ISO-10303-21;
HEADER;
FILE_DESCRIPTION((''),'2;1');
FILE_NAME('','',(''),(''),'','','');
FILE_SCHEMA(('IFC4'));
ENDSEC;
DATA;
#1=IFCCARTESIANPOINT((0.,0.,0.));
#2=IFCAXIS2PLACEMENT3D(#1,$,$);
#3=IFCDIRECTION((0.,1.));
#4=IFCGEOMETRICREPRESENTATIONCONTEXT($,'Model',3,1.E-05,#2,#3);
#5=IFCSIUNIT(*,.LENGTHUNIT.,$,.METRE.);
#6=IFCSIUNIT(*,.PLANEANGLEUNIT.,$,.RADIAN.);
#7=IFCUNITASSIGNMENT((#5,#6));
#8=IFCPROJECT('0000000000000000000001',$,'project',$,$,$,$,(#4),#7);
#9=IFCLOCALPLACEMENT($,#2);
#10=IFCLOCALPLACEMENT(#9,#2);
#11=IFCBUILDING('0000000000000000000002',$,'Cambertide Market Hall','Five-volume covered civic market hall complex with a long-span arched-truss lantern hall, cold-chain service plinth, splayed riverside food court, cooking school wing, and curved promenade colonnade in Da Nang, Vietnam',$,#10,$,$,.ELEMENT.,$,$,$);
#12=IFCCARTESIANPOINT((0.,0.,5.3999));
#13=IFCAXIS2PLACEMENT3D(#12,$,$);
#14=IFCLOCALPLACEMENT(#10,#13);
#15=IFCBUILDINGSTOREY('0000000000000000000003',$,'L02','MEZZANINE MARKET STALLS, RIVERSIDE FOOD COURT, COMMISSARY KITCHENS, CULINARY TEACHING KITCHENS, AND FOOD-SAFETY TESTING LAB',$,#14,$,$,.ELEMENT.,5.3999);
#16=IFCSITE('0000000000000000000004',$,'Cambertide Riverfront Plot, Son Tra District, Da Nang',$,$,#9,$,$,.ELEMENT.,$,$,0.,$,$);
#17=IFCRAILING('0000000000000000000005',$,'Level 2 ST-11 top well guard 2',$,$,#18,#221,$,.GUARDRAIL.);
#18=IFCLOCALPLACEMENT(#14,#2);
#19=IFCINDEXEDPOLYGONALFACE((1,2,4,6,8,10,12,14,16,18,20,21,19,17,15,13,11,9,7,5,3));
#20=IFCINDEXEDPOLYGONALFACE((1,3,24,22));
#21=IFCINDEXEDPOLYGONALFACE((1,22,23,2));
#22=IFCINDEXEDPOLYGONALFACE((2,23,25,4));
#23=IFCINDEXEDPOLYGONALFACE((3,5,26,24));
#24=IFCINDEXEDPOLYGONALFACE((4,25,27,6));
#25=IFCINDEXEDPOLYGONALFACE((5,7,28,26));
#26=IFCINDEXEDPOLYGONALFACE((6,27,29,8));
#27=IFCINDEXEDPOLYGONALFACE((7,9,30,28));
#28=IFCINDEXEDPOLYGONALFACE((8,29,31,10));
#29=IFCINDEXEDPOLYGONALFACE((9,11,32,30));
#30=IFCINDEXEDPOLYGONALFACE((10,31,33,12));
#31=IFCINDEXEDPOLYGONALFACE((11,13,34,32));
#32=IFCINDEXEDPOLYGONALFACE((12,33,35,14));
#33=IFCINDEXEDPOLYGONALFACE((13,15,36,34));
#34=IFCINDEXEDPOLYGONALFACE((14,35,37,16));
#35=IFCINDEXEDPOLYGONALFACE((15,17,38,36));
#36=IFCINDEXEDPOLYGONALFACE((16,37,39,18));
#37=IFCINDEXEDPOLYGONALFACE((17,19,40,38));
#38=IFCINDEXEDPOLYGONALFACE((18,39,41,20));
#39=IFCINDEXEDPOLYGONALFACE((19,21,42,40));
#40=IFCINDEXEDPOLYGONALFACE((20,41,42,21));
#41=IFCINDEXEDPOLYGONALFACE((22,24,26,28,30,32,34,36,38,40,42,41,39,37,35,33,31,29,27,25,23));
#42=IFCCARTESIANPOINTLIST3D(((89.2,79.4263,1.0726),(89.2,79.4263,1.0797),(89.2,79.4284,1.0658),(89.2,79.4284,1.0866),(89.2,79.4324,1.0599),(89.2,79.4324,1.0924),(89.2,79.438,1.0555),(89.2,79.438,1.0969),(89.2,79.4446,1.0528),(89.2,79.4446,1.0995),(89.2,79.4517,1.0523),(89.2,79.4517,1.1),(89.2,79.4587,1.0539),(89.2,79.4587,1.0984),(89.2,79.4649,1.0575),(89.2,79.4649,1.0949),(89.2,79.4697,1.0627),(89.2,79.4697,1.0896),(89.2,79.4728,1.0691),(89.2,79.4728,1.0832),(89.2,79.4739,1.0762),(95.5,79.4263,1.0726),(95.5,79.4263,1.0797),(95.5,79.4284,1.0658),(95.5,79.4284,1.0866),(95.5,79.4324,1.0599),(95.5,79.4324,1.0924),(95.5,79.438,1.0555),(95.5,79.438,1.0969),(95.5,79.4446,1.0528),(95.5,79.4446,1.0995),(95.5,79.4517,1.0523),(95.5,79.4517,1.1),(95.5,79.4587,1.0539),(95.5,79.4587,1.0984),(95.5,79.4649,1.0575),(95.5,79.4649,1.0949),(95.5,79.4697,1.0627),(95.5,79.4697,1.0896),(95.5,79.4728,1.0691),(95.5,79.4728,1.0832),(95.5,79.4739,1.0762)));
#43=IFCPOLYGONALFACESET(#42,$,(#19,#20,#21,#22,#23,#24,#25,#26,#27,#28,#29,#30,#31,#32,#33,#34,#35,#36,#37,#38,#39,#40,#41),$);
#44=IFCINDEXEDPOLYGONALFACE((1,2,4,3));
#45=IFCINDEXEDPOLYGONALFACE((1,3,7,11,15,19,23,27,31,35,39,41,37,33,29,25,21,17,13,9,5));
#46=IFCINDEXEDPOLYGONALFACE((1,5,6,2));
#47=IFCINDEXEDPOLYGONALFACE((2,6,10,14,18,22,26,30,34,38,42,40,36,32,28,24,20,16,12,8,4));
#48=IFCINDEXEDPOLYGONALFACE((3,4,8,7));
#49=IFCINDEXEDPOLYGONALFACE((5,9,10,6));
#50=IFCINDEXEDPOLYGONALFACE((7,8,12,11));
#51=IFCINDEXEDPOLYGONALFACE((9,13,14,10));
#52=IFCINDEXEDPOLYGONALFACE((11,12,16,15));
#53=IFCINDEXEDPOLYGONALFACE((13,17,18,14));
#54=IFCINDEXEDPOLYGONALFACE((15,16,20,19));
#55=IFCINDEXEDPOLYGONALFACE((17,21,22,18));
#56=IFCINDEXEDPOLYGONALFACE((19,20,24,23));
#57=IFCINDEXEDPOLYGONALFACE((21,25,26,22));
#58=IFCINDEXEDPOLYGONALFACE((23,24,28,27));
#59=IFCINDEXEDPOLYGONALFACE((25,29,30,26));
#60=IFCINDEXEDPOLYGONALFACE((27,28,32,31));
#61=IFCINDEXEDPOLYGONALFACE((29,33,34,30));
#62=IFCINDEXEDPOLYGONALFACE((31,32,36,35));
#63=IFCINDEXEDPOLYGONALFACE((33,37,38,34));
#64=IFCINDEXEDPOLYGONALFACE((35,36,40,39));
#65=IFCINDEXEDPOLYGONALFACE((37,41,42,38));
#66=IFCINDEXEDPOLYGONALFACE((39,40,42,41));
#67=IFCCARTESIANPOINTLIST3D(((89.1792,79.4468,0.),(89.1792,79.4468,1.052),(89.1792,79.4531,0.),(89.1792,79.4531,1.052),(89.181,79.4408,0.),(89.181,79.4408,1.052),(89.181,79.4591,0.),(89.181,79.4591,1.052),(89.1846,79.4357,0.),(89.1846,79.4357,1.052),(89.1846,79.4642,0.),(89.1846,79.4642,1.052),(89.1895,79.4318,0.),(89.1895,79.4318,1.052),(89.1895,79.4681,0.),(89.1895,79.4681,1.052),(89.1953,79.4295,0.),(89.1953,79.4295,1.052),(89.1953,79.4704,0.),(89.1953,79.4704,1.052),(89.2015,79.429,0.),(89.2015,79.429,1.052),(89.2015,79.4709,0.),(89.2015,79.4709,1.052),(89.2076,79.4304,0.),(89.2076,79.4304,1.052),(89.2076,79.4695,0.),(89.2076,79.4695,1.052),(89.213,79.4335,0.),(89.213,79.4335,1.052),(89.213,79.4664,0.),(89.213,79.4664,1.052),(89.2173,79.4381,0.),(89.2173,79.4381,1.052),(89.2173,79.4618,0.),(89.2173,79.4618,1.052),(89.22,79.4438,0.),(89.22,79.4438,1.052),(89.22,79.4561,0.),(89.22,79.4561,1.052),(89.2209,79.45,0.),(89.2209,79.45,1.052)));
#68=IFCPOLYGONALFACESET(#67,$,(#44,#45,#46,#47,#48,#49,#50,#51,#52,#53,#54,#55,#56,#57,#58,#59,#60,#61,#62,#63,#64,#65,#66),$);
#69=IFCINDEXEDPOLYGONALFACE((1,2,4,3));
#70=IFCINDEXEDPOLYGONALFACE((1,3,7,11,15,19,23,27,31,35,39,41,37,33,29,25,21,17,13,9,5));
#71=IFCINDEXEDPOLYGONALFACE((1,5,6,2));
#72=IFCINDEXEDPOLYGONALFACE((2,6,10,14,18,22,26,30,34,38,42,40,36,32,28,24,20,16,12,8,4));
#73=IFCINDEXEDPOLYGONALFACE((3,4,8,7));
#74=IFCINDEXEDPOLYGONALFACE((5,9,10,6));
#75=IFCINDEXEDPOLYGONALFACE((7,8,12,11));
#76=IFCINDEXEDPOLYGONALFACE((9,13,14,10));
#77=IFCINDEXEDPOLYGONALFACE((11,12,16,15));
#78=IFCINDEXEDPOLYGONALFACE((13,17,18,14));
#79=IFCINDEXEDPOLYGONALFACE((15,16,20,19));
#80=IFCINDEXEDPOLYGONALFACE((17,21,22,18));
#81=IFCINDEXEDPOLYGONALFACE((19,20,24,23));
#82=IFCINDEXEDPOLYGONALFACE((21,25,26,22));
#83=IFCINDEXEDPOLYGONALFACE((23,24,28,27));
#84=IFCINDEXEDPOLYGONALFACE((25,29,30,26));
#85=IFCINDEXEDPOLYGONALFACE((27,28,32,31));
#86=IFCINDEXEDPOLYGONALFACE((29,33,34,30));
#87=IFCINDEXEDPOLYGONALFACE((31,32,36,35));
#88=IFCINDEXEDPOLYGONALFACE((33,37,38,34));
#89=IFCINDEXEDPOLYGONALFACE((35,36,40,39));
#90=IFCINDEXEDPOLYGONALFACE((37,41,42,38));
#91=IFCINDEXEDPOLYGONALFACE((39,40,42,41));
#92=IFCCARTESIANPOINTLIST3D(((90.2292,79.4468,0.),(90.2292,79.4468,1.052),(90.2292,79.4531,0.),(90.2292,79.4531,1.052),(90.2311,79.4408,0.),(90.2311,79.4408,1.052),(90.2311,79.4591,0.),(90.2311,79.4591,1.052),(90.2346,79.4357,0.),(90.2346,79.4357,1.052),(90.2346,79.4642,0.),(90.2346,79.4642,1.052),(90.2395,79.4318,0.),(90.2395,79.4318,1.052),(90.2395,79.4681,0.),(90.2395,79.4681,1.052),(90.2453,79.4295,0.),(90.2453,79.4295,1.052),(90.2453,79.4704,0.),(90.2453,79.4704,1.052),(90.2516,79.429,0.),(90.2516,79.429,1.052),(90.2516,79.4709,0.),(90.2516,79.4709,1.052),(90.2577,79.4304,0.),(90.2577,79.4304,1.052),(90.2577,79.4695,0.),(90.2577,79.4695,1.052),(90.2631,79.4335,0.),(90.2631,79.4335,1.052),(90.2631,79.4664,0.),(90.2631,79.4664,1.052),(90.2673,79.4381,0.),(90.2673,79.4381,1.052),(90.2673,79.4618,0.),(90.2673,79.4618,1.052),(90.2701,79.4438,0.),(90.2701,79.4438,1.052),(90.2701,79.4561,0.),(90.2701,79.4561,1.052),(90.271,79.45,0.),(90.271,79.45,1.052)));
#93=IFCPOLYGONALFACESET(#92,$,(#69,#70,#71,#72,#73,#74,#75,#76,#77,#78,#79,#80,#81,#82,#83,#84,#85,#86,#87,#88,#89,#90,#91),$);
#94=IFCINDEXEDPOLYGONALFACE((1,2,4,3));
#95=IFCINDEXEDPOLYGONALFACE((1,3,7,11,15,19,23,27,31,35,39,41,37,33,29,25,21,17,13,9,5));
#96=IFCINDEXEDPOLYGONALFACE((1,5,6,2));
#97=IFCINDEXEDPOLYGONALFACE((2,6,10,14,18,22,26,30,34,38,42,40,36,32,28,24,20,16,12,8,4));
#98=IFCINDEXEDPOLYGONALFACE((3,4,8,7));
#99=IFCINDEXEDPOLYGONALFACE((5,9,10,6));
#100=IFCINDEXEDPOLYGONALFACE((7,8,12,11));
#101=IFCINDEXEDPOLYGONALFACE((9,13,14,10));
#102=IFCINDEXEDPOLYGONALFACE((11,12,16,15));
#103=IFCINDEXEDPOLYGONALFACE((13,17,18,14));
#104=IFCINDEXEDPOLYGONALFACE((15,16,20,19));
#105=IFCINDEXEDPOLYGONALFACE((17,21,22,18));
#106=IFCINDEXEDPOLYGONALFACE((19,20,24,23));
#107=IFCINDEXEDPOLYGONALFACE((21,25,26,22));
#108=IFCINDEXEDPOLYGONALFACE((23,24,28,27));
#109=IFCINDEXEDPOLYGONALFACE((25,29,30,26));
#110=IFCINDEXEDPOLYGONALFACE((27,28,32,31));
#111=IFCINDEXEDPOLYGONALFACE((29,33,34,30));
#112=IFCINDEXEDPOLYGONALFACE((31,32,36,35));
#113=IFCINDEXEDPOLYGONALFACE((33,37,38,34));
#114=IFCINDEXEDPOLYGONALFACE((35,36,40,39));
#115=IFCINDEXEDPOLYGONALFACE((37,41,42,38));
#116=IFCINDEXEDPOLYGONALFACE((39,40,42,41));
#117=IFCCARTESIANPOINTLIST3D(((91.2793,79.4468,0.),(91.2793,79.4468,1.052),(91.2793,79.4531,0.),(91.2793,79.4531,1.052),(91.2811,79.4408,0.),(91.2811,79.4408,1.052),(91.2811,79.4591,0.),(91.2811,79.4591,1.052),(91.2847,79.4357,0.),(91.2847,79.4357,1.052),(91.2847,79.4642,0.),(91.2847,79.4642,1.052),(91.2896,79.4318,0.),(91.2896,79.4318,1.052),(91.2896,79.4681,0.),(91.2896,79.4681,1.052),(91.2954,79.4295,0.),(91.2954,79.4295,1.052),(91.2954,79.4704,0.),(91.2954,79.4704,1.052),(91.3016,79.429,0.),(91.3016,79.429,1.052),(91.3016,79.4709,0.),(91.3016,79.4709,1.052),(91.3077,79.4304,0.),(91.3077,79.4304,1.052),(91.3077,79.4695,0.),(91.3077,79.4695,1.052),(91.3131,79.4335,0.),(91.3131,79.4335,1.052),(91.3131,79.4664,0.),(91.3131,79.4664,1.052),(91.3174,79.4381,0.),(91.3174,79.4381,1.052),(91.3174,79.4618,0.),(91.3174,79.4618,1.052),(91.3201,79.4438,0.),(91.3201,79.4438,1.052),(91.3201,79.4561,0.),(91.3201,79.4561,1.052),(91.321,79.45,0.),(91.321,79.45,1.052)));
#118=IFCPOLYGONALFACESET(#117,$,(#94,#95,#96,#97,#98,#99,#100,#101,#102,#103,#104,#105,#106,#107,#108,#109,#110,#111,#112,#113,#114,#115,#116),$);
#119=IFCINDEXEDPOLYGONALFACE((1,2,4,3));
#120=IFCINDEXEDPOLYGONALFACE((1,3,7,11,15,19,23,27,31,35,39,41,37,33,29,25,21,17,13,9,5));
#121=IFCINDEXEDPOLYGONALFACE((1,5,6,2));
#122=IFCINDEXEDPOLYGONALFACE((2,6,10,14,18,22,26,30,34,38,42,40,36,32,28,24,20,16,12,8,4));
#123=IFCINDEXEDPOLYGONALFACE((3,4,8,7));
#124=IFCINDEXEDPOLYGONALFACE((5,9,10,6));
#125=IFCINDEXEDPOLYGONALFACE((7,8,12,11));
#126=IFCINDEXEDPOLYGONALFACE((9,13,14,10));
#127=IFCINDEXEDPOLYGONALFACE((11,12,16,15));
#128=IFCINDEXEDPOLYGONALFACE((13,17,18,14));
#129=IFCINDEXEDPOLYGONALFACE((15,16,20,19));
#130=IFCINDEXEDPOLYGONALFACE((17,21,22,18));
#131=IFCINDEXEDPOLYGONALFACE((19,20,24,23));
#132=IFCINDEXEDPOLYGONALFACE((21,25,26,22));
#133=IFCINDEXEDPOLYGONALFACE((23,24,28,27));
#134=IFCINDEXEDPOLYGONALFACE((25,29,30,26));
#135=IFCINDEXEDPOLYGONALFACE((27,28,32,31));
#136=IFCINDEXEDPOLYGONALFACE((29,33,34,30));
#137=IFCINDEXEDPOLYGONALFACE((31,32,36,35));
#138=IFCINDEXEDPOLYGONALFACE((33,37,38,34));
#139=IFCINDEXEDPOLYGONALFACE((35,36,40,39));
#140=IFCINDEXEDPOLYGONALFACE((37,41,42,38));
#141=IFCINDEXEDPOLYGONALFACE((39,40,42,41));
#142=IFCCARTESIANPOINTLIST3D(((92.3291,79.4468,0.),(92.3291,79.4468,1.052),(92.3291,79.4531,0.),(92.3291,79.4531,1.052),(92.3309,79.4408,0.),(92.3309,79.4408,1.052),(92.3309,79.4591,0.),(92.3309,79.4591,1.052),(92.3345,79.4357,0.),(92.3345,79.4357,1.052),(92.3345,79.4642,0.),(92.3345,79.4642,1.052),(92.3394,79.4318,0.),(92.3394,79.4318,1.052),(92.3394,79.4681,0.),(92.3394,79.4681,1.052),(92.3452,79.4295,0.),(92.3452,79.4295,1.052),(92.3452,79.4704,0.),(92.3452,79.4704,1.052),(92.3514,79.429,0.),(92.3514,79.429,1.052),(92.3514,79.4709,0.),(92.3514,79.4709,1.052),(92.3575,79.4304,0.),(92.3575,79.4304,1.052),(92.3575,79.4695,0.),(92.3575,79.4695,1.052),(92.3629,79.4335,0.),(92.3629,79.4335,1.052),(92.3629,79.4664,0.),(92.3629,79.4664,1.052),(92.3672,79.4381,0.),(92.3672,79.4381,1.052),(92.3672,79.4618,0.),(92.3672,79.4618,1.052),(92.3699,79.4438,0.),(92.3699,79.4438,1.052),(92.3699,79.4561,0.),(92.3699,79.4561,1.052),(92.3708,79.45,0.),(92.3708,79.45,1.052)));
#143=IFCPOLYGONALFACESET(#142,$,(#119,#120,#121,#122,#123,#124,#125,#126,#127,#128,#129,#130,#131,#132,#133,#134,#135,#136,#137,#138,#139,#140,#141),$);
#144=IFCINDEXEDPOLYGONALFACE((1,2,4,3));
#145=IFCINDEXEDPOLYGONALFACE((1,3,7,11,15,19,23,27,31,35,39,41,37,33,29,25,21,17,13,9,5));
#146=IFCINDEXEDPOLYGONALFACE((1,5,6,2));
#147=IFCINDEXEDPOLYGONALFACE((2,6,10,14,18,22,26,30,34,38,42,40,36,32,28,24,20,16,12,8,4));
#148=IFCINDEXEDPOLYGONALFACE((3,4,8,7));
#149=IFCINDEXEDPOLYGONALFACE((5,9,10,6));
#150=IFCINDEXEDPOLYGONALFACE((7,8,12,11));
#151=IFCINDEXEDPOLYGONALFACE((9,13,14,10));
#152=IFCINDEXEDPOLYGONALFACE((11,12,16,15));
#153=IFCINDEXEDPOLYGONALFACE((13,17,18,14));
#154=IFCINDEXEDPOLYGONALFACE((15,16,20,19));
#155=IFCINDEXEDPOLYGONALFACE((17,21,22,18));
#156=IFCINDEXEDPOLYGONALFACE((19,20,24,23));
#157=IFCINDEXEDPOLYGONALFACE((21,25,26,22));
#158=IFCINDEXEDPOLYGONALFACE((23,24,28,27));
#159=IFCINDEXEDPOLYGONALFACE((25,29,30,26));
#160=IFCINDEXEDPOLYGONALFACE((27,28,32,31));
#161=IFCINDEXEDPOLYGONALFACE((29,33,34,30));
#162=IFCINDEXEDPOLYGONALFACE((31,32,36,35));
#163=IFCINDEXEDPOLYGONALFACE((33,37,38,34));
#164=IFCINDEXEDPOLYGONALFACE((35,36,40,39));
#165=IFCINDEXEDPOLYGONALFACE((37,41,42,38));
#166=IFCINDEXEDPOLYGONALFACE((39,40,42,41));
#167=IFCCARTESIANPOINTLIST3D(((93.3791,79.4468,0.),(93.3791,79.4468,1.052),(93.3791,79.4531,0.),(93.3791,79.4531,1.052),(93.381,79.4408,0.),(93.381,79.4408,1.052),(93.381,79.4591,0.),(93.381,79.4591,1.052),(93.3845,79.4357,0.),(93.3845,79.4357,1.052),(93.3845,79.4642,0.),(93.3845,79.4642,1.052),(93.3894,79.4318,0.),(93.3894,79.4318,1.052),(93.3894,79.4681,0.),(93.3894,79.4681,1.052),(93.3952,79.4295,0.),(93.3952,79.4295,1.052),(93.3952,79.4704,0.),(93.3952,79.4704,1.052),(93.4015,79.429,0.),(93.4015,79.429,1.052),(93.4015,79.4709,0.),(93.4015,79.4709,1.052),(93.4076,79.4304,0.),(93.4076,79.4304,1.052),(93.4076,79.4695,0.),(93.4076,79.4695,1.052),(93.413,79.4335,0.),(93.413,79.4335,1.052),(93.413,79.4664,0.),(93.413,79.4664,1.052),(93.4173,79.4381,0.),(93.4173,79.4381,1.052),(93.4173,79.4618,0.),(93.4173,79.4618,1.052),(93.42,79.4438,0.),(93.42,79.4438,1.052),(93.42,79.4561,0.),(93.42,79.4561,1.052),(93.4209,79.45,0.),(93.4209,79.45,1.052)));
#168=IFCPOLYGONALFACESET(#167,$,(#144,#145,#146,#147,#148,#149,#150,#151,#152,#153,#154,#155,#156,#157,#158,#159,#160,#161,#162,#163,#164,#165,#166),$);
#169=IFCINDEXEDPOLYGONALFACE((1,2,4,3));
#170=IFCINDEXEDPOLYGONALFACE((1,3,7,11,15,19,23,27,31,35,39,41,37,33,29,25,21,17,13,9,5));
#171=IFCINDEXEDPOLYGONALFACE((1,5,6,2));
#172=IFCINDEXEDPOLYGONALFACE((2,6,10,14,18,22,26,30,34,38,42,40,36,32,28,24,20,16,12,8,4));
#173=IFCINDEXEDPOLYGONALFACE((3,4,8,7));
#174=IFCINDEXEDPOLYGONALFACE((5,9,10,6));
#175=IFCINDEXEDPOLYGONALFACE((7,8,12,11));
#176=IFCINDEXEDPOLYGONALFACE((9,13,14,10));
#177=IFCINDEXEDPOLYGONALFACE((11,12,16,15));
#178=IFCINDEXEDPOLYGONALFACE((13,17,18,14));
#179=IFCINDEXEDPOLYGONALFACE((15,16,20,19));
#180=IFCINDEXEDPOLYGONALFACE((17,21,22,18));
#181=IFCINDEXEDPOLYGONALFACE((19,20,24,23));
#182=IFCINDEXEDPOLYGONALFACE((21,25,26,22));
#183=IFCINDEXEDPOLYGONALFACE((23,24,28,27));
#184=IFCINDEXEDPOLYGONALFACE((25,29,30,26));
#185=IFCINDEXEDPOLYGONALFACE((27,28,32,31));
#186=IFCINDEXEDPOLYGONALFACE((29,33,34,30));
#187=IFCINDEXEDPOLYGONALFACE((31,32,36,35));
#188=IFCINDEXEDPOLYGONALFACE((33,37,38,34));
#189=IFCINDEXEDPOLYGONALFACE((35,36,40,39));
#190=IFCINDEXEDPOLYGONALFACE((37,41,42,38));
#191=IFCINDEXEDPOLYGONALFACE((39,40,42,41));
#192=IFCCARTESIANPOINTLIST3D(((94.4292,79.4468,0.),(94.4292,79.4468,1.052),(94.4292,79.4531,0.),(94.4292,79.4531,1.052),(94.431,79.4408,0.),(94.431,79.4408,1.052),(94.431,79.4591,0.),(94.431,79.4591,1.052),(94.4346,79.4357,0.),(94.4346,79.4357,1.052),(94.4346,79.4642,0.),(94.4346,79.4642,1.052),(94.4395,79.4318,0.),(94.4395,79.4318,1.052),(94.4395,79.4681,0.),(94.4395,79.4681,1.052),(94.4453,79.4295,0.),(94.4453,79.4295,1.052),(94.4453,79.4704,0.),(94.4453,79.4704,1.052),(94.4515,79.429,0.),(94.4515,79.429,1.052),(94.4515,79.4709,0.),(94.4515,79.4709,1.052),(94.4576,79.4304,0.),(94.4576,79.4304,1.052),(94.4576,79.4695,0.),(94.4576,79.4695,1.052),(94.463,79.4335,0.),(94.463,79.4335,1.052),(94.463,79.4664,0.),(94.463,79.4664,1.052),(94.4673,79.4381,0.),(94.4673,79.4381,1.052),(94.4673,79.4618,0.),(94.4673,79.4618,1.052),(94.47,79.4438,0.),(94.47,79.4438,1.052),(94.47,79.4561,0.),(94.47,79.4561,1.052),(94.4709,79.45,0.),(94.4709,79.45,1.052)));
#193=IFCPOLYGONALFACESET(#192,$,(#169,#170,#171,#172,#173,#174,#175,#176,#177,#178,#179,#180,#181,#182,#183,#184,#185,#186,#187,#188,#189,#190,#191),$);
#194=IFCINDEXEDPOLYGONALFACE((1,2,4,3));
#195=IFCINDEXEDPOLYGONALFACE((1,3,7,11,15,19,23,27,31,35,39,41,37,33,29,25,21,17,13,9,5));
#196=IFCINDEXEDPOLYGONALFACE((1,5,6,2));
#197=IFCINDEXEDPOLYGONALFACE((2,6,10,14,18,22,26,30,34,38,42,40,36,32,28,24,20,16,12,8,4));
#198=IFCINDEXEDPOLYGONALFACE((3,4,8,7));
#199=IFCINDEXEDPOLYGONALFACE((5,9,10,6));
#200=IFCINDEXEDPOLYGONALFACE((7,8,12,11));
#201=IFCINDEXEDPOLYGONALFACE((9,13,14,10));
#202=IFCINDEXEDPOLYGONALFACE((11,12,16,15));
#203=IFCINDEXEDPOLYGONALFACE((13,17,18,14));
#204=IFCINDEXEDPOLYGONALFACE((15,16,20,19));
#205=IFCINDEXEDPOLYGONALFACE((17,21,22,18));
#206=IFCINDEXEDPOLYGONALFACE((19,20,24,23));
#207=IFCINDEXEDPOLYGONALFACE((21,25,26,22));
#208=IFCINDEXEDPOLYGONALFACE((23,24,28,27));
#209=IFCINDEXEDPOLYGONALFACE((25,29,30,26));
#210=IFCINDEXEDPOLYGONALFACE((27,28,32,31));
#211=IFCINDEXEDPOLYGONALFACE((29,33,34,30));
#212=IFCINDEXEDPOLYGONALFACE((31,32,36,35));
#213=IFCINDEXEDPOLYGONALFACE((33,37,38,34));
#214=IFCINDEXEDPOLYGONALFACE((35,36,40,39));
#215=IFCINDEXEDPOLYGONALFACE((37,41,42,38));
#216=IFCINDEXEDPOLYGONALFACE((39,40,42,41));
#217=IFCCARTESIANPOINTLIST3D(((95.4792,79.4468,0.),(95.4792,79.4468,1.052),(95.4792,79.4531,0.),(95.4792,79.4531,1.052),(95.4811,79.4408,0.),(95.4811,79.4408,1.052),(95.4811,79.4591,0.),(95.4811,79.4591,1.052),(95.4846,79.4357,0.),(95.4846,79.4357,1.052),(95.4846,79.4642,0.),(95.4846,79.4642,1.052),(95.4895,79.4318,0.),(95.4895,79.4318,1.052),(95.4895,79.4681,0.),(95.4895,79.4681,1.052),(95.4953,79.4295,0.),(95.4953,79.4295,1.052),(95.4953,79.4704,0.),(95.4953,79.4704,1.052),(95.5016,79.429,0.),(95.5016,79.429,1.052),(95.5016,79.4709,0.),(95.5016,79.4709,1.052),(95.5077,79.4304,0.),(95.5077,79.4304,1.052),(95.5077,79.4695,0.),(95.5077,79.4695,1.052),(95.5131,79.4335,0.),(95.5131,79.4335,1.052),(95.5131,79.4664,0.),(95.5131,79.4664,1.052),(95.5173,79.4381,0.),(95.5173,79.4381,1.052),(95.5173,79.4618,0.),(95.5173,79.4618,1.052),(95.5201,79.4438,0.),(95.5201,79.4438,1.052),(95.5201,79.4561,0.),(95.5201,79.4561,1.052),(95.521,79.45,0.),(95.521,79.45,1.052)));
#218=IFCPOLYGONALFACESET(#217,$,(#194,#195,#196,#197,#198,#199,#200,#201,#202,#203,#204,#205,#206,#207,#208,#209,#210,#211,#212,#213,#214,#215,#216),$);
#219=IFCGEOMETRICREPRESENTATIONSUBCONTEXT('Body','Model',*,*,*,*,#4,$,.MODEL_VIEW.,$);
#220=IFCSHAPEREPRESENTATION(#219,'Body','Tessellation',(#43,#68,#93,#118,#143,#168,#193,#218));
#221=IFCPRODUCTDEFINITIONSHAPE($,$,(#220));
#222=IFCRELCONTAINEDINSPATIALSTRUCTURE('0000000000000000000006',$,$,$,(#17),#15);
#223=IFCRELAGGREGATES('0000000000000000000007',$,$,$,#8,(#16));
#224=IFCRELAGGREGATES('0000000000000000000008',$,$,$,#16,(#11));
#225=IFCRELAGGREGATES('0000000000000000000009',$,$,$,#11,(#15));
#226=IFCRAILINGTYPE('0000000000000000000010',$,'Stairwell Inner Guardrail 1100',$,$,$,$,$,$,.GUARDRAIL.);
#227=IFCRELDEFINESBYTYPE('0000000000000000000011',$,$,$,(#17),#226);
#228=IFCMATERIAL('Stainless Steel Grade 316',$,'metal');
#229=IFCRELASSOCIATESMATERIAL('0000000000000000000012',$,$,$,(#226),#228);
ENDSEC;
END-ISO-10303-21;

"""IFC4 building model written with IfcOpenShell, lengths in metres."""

from ifc_helpers import new_model, si_unit, direction, frame, origin, origin_2d, place, context, subcontext, project, spatial, circle, extrude, material, type_object, element, save


model = new_model("IFC4")

# Units and contexts
model_context = context("Model", 3, precision=1e-05, world=origin(), true_north=direction((0.0, 1.0)))
body_context = subcontext(model_context, "Body", "Model", "MODEL_VIEW")
ifc_project = project(units=[si_unit("LENGTHUNIT", "METRE"), si_unit("PLANEANGLEUNIT", "RADIAN")], contexts=[model_context])

# Site, building, storey
site_placement = place(None, origin())
site = spatial("IfcSite", under=ifc_project, at=site_placement, Name="Cambertide Riverfront Plot, Son Tra District, Da Nang", CompositionType="ELEMENT", RefElevation=0.0)
building_placement = place(site_placement, origin())
building = spatial("IfcBuilding", under=site, at=building_placement, Name="Cambertide Market Hall", Description="Five-volume covered civic market hall complex with a long-span arched-truss lantern hall, cold-chain service plinth, splayed riverside food court, cooking school wing, and curved promenade colonnade in Da Nang, Vietnam", CompositionType="ELEMENT")
storey_placement = place(building_placement, frame((0.0, 0.0, 5.3999)))
storey = spatial("IfcBuildingStorey", under=building, at=storey_placement, Name="L02", Description="MEZZANINE MARKET STALLS, RIVERSIDE FOOD COURT, COMMISSARY KITCHENS, CULINARY TEACHING KITCHENS, AND FOOD-SAFETY TESTING LAB", CompositionType="ELEMENT", Elevation=5.3999)

# Railing
ifc_material_1 = material(Name="Stainless Steel Grade 316", Category="metal")
railing_type = type_object("IfcRailingType", Name="Stairwell Inner Guardrail 1100", PredefinedType="GUARDRAIL", material=ifc_material_1)
for number, where, name in (
    (1, (89.2, 79.45, 0.0), "Level 2 ST-11 top well guard 2"),
):
    element("IfcRailing", number, at=place(storey_placement, frame(where)), inside=storey, type_object=railing_type, Name=name, PredefinedType="GUARDRAIL", context=body_context, shape_type="SweptSolid", body=[
        extrude(circle(Radius=0.0239, at=origin_2d()), frame((0.0, 0.0, 1.0762), z_axis=(1.0, 0.0, 0.0), x_axis=(0.0, 1.0, 0.0)), (0.0, 0.0, 1.0), 6.3),
        extrude(circle(Radius=0.021, at=origin_2d()), origin(), (0.0, 0.0, 1.0), 1.052),
        extrude(circle(Radius=0.021, at=origin_2d()), frame((1.05, 0.0, 0.0)), (0.0, 0.0, 1.0), 1.052),
        extrude(circle(Radius=0.021, at=origin_2d()), frame((2.1001, 0.0, 0.0)), (0.0, 0.0, 1.0), 1.052),
        extrude(circle(Radius=0.021, at=origin_2d()), frame((3.1499, 0.0, 0.0)), (0.0, 0.0, 1.0), 1.052),
        extrude(circle(Radius=0.021, at=origin_2d()), frame((4.2, 0.0, 0.0)), (0.0, 0.0, 1.0), 1.052),
        extrude(circle(Radius=0.021, at=origin_2d()), frame((5.25, 0.0, 0.0)), (0.0, 0.0, 1.0), 1.052),
        extrude(circle(Radius=0.021, at=origin_2d()), frame((6.3, 0.0, 0.0)), (0.0, 0.0, 1.0), 1.052),
    ])

save(model, "model.ifc")
